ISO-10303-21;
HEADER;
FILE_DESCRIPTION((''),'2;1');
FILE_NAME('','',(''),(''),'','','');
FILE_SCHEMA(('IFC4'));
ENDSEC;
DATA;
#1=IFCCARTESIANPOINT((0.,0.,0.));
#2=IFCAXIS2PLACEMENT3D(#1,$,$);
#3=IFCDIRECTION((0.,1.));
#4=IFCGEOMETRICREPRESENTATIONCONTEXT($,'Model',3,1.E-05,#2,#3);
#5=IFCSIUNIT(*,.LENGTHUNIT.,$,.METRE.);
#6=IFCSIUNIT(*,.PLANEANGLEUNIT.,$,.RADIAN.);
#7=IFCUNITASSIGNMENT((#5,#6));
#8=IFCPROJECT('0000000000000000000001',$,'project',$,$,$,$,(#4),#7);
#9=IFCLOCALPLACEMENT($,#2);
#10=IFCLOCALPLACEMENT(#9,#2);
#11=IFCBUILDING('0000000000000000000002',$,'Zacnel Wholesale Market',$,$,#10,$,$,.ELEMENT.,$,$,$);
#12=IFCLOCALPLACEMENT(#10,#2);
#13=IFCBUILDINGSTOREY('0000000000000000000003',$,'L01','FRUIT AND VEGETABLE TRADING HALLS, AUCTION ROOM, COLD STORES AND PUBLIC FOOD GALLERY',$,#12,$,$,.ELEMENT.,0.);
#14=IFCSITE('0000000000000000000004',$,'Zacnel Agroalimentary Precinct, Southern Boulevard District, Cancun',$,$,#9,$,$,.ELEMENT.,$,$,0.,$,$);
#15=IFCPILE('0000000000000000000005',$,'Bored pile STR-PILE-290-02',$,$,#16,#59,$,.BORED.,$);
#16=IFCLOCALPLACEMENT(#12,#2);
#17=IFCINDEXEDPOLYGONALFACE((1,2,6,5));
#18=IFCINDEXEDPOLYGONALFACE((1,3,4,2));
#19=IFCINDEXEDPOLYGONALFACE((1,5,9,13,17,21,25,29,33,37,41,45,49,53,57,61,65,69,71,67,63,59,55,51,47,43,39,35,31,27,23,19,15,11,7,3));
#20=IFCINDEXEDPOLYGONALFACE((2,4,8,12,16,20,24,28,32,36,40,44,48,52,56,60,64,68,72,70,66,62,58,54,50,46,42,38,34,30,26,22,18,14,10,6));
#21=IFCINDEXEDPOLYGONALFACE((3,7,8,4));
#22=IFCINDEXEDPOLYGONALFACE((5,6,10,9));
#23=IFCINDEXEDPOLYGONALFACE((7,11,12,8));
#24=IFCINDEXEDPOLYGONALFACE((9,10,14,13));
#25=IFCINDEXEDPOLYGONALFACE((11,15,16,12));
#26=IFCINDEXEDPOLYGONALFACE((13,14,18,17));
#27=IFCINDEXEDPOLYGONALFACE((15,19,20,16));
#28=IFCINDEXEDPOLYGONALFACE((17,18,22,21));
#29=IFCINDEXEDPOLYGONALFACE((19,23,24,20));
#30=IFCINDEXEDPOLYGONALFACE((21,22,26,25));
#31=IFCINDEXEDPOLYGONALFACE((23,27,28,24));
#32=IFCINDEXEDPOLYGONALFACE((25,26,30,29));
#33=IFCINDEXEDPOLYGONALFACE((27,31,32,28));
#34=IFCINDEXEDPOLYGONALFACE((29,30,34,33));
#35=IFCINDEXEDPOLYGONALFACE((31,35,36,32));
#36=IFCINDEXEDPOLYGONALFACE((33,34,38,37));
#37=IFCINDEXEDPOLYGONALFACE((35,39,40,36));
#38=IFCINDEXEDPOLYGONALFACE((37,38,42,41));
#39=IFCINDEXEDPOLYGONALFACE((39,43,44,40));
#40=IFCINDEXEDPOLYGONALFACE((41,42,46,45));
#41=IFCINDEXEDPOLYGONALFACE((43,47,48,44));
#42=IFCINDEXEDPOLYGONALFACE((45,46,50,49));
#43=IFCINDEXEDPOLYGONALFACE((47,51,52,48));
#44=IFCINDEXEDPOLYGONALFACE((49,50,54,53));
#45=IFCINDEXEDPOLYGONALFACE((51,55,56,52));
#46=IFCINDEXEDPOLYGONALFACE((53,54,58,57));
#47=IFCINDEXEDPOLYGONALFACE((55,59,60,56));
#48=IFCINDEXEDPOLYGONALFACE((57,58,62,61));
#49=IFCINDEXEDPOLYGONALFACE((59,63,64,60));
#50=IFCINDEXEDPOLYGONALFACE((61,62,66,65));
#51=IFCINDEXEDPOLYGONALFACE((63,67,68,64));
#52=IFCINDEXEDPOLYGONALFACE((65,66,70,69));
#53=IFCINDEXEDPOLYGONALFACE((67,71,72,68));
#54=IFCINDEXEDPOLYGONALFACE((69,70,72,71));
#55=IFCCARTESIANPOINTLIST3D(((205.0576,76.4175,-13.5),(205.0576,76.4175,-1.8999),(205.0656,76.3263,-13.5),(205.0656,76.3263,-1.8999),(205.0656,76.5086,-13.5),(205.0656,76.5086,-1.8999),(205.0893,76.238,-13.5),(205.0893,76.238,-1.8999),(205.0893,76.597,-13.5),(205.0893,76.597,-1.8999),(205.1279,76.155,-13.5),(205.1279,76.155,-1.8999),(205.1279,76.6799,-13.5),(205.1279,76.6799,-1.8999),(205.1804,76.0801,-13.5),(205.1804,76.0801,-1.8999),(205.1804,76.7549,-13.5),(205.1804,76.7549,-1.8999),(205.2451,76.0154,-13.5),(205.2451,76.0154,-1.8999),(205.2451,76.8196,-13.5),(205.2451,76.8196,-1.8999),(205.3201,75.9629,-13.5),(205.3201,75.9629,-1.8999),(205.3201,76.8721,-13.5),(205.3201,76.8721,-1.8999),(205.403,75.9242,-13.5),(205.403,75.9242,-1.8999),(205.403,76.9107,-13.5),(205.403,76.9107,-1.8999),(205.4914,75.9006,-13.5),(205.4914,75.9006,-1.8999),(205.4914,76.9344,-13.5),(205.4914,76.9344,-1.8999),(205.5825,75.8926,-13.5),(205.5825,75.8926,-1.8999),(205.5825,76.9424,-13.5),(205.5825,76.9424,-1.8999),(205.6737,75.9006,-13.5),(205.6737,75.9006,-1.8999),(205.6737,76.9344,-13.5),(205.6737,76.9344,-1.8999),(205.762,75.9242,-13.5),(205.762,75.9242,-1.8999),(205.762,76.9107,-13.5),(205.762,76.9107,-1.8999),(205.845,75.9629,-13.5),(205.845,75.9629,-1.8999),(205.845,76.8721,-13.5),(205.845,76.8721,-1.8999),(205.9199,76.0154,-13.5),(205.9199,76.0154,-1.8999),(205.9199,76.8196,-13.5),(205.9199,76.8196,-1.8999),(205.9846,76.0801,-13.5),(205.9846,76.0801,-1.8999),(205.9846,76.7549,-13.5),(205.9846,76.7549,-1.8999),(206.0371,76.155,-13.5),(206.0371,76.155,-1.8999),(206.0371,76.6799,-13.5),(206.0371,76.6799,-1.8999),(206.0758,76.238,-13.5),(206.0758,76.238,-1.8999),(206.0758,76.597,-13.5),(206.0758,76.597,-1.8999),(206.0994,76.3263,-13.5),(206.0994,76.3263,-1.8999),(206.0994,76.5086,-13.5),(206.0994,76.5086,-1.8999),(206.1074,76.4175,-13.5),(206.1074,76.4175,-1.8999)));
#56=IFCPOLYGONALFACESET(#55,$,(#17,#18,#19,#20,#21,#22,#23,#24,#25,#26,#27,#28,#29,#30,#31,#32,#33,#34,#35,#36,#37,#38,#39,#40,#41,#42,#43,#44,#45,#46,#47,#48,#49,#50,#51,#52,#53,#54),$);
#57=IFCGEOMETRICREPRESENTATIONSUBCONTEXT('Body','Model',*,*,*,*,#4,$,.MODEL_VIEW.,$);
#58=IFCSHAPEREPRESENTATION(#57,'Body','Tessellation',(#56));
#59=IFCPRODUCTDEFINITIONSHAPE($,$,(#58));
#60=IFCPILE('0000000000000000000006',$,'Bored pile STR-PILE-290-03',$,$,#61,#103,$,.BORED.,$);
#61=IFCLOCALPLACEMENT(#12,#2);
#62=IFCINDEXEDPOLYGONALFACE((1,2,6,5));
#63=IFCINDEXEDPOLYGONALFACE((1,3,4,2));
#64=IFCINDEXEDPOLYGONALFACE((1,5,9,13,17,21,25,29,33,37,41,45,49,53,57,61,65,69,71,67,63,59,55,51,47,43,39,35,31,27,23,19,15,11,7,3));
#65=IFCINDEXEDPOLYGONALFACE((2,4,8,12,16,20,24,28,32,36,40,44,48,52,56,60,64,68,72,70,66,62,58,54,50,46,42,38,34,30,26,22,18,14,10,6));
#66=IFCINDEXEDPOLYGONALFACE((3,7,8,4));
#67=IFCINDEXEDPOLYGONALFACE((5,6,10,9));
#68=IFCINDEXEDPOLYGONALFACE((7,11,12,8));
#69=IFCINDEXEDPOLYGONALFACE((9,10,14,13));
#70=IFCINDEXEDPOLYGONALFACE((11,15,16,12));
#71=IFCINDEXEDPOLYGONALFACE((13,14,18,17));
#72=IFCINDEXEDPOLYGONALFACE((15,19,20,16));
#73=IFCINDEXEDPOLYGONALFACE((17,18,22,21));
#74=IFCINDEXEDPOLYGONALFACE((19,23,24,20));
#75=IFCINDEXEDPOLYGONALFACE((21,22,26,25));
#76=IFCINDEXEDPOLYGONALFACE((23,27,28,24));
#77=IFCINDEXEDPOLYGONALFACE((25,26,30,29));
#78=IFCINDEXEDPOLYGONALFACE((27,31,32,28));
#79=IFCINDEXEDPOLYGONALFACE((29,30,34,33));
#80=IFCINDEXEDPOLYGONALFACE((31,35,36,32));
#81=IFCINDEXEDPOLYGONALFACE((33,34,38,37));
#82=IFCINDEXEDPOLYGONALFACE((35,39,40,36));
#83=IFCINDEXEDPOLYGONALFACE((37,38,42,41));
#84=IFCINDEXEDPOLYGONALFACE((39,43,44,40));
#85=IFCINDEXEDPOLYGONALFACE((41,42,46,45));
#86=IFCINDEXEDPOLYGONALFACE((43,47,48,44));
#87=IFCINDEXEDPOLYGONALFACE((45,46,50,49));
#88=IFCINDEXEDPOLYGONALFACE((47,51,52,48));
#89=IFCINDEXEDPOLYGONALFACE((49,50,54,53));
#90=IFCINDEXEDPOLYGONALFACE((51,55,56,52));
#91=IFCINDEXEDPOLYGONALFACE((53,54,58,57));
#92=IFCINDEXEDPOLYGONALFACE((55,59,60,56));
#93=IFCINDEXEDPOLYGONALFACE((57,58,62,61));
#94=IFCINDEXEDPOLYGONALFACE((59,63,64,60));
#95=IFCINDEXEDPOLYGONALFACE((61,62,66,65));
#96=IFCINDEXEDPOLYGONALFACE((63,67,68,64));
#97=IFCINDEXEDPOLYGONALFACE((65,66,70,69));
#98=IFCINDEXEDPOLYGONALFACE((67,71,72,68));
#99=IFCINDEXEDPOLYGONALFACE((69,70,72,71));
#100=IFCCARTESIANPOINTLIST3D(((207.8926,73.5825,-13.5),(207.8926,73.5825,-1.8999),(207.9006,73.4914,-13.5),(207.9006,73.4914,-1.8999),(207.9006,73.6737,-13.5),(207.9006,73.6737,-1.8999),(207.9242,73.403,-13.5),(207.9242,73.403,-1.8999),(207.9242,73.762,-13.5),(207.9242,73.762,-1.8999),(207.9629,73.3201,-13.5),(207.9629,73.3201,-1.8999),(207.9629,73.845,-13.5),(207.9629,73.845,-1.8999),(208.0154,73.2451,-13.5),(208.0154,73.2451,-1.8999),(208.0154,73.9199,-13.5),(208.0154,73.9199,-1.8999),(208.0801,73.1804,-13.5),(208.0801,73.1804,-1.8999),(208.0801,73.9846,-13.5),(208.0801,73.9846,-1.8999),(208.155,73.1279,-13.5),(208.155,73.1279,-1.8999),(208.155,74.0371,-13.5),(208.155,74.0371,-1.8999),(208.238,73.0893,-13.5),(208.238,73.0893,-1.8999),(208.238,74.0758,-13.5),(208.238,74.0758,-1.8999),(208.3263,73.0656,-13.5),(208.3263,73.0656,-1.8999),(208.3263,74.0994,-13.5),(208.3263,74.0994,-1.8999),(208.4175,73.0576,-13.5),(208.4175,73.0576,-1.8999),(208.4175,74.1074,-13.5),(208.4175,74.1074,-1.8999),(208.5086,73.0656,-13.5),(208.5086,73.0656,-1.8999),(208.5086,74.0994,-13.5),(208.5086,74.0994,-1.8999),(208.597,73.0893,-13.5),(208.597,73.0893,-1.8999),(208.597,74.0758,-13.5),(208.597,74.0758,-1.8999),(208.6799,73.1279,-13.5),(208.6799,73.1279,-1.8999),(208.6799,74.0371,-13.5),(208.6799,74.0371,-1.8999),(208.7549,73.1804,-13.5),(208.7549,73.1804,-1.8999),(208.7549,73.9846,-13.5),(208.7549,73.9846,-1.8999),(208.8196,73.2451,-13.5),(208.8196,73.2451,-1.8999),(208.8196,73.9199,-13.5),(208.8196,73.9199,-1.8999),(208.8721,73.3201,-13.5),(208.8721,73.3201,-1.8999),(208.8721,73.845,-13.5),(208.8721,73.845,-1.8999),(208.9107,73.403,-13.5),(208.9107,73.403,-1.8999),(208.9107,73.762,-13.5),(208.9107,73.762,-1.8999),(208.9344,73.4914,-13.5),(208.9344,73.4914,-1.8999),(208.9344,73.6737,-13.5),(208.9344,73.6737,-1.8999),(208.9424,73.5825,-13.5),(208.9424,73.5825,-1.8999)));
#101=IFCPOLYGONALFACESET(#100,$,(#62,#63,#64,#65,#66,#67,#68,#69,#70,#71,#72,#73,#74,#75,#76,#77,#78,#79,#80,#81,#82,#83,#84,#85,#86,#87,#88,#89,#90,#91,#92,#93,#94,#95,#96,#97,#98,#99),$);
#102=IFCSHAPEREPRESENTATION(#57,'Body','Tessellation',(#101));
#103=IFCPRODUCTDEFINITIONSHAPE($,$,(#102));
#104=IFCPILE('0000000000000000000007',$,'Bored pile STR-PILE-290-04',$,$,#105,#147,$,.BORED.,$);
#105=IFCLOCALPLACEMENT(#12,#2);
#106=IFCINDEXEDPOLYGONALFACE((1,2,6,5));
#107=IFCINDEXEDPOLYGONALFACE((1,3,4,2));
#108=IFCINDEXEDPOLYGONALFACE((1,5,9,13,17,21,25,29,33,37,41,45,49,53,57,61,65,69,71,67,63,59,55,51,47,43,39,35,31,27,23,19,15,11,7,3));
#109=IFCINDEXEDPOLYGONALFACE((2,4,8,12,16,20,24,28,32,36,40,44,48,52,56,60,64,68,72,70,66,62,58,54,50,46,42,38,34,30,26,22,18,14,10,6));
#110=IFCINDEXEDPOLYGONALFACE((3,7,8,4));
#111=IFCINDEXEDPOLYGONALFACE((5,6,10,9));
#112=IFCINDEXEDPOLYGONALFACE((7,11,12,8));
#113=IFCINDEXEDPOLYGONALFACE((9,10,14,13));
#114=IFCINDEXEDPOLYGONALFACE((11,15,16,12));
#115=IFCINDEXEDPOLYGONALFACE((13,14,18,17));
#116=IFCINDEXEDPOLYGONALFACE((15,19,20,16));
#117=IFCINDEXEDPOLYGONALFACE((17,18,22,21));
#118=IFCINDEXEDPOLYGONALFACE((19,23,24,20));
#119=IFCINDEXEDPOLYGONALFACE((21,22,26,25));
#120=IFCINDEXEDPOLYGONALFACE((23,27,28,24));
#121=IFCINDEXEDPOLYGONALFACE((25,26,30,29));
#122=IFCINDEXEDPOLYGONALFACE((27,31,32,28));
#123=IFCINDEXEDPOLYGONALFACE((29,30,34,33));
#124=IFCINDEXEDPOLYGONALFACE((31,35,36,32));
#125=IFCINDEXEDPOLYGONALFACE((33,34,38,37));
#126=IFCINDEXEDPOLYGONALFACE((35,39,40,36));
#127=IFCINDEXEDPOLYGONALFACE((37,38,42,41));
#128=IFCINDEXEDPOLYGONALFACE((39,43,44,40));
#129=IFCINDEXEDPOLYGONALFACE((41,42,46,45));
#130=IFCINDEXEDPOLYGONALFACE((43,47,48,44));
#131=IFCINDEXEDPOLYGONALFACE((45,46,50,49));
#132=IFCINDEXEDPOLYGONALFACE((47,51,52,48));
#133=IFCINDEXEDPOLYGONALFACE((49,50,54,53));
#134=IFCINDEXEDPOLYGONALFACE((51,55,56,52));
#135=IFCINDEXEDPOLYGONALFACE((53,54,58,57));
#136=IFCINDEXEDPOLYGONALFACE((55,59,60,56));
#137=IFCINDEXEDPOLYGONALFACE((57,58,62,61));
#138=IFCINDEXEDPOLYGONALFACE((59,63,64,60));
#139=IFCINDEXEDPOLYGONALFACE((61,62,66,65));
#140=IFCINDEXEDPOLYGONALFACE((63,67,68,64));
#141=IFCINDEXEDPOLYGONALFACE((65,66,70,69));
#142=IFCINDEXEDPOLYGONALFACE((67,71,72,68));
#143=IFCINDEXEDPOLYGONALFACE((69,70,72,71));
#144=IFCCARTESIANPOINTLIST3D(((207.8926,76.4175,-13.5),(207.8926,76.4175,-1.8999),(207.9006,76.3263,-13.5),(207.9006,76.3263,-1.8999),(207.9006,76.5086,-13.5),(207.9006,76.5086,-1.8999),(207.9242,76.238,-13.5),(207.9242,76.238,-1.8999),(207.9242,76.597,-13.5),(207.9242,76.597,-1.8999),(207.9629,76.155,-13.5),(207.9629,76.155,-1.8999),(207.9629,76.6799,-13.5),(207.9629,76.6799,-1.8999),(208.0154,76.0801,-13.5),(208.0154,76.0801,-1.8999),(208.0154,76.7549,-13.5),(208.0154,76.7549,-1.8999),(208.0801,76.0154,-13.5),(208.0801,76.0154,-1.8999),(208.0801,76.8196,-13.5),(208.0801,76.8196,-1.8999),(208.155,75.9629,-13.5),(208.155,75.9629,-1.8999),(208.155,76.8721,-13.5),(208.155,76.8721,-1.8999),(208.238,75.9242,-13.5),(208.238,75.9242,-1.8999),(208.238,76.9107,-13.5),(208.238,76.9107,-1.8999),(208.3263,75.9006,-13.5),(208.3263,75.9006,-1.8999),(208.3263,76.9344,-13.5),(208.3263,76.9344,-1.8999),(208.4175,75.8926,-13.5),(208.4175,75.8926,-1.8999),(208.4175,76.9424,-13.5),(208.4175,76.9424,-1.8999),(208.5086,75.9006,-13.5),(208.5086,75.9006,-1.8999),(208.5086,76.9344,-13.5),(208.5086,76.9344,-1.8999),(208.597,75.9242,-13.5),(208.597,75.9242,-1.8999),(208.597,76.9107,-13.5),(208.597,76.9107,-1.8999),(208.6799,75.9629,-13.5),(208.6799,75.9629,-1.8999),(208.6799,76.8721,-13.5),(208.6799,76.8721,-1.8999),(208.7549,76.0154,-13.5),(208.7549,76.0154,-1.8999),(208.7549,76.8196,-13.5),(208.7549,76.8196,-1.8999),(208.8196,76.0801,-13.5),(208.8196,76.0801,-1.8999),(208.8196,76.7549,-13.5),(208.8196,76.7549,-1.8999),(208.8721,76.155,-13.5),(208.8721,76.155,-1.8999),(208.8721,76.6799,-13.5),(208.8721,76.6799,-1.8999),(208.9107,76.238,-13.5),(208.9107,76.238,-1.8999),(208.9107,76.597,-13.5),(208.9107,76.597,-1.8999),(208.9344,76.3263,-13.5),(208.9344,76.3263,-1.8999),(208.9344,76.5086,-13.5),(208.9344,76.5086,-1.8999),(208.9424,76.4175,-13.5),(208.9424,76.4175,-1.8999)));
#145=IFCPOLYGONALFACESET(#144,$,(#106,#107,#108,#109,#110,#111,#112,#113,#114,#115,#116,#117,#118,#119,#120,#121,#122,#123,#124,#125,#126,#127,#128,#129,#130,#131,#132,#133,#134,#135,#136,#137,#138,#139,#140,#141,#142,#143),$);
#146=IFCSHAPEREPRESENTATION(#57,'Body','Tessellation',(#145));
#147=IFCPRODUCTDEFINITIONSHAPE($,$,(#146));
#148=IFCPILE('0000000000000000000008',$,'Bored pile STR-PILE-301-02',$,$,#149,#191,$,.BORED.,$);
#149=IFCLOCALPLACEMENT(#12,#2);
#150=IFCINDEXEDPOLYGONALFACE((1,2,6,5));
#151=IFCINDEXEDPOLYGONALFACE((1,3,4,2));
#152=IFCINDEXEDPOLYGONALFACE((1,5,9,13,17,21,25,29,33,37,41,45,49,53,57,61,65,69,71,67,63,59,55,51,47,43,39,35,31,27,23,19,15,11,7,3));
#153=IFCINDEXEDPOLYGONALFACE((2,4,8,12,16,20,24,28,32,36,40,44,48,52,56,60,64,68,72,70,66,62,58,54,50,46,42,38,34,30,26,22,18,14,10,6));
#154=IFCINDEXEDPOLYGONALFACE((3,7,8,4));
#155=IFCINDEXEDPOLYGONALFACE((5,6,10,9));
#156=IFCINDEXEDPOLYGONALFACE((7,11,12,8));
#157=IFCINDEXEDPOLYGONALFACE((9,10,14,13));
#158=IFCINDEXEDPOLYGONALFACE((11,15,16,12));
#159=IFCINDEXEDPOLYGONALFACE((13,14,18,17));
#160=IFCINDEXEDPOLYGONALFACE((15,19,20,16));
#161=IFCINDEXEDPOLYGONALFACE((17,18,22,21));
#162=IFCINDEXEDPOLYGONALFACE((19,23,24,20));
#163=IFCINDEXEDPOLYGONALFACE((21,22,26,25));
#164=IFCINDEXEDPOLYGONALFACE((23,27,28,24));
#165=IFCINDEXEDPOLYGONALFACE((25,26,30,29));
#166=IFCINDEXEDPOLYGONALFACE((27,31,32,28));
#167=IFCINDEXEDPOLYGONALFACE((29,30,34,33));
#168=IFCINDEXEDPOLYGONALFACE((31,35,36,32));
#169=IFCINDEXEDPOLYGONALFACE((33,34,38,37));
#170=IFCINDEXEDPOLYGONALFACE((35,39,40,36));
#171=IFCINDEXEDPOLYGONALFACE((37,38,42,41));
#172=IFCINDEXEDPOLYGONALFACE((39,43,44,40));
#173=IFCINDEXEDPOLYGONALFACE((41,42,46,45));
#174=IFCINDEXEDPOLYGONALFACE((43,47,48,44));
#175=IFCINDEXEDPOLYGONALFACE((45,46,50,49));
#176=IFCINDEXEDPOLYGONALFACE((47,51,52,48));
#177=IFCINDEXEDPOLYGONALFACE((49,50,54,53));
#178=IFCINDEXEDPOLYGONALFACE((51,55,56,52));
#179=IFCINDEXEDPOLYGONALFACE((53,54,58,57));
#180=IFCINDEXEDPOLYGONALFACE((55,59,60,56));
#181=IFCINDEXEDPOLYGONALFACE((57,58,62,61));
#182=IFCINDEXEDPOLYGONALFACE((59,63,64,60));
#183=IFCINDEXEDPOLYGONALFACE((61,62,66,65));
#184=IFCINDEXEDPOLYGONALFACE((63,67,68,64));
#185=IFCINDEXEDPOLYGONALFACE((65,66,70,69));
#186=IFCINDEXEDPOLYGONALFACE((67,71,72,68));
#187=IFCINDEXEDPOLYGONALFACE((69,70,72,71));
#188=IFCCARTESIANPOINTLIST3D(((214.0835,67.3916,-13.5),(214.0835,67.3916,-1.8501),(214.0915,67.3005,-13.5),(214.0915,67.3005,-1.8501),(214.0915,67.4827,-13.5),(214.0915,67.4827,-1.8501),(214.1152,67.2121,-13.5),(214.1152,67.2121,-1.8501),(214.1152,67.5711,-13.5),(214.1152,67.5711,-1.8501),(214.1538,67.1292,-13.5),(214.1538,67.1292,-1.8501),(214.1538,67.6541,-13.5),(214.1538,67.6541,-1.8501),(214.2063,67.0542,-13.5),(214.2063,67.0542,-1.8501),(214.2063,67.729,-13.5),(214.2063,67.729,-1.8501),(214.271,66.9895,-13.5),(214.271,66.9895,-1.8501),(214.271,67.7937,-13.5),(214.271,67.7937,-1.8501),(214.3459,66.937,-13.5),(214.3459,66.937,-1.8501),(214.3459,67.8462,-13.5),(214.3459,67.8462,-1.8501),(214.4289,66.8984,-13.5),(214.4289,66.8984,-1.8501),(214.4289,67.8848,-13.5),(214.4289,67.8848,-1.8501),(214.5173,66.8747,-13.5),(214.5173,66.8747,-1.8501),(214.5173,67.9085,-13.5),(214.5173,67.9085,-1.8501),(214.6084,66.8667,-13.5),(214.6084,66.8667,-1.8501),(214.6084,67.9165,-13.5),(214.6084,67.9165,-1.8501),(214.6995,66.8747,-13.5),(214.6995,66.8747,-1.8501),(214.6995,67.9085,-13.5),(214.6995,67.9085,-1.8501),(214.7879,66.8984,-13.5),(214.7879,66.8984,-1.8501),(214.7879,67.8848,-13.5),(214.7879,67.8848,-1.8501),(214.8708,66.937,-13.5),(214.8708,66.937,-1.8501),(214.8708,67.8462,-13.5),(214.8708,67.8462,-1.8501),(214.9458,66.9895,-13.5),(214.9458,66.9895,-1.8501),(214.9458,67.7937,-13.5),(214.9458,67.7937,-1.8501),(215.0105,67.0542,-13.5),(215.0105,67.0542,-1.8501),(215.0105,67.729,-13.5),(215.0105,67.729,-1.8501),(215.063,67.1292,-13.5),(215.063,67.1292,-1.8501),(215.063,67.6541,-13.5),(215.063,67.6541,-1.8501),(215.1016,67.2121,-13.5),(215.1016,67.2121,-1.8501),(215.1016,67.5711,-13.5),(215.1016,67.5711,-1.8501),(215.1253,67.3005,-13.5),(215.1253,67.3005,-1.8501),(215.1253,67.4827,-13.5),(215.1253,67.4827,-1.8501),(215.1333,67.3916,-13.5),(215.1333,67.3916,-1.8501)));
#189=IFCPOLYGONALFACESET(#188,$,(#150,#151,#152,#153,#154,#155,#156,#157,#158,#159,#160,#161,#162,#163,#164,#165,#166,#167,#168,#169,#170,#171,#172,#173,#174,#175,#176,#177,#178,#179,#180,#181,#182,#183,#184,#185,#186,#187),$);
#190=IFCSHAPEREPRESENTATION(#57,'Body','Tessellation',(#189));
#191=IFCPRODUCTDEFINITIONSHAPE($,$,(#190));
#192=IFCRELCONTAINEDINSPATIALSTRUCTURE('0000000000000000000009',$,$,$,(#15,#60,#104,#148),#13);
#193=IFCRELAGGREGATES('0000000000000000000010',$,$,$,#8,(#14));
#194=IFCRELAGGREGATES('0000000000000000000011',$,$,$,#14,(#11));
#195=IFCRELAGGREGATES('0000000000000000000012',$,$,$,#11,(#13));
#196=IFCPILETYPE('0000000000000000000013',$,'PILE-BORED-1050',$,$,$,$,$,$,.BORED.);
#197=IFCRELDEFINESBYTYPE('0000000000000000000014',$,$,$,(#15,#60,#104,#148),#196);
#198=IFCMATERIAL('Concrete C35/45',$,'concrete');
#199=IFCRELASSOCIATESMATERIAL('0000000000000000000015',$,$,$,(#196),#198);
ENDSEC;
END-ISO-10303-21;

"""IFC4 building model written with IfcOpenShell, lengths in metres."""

from ifc_helpers import new_model, si_unit, direction, frame, origin, origin_2d, place, context, subcontext, project, spatial, circle, extrude, material, material_profile, profile_set, type_object, element, save


model = new_model("IFC4")

# Units and contexts
model_context = context("Model", 3, precision=1e-05, world=origin(), true_north=direction((0.0, 1.0)))
body_context = subcontext(model_context, "Body", "Model", "MODEL_VIEW")
ifc_project = project(units=[si_unit("LENGTHUNIT", "METRE"), si_unit("PLANEANGLEUNIT", "RADIAN")], contexts=[model_context])

# Site, building, storey
site_placement = place(None, origin())
site = spatial("IfcSite", under=ifc_project, at=site_placement, Name="Zacnel Agroalimentary Precinct, Southern Boulevard District, Cancun", CompositionType="ELEMENT", RefElevation=0.0)
building_placement = place(site_placement, origin())
building = spatial("IfcBuilding", under=site, at=building_placement, Name="Zacnel Wholesale Market", CompositionType="ELEMENT")
storey_placement = place(building_placement, origin())
storey = spatial("IfcBuildingStorey", under=building, at=storey_placement, Name="L01", Description="FRUIT AND VEGETABLE TRADING HALLS, AUCTION ROOM, COLD STORES AND PUBLIC FOOD GALLERY", CompositionType="ELEMENT", Elevation=0.0)

# Piles
ifc_material_1 = material(Name="Concrete C35/45", Category="concrete")
ifc_material_profile_1 = material_profile(ifc_material_1, circle(Radius=0.5249, at=origin_2d()), Name="BORED PILE D1050")
ifc_profile_set_1 = profile_set([ifc_material_profile_1], Name="Concrete C35/45")
pile_type = type_object("IfcPileType", Name="PILE-BORED-1050", PredefinedType="BORED", material=ifc_profile_set_1)
for number, where, z_axis, x_axis, name in (
    (1, (205.5825, 76.4175, -1.8999), (0.0, 0.0, -1.0), (1.0, 0.0, 0.0), "Bored pile STR-PILE-290-02"),
    (2, (208.4175, 73.5825, -1.8999), (0.0, 0.0, -1.0), (1.0, 0.0, 0.0), "Bored pile STR-PILE-290-03"),
    (3, (208.4175, 76.4175, -1.8999), (0.0, 0.0, -1.0), (1.0, 0.0, 0.0), "Bored pile STR-PILE-290-04"),
):
    element("IfcPile", number, at=place(storey_placement, frame(where, z_axis=z_axis, x_axis=x_axis)), inside=storey, type_object=pile_type, Name=name, PredefinedType="BORED", context=body_context, shape_type="SweptSolid", body=[
        extrude(circle(Radius=0.5249, at=origin_2d()), origin(), (0.0, 0.0, 1.0), 11.6001),
    ])
for number, where, z_axis, x_axis, name in (
    (4, (214.6084, 67.3916, -1.8501), (0.0, 0.0, -1.0), (1.0, 0.0, 0.0), "Bored pile STR-PILE-301-02"),
):
    element("IfcPile", number, at=place(storey_placement, frame(where, z_axis=z_axis, x_axis=x_axis)), inside=storey, type_object=pile_type, Name=name, PredefinedType="BORED", context=body_context, shape_type="SweptSolid", body=[
        extrude(circle(Radius=0.5249, at=origin_2d()), origin(), (0.0, 0.0, 1.0), 11.6499),
    ])

save(model, "model.ifc")
